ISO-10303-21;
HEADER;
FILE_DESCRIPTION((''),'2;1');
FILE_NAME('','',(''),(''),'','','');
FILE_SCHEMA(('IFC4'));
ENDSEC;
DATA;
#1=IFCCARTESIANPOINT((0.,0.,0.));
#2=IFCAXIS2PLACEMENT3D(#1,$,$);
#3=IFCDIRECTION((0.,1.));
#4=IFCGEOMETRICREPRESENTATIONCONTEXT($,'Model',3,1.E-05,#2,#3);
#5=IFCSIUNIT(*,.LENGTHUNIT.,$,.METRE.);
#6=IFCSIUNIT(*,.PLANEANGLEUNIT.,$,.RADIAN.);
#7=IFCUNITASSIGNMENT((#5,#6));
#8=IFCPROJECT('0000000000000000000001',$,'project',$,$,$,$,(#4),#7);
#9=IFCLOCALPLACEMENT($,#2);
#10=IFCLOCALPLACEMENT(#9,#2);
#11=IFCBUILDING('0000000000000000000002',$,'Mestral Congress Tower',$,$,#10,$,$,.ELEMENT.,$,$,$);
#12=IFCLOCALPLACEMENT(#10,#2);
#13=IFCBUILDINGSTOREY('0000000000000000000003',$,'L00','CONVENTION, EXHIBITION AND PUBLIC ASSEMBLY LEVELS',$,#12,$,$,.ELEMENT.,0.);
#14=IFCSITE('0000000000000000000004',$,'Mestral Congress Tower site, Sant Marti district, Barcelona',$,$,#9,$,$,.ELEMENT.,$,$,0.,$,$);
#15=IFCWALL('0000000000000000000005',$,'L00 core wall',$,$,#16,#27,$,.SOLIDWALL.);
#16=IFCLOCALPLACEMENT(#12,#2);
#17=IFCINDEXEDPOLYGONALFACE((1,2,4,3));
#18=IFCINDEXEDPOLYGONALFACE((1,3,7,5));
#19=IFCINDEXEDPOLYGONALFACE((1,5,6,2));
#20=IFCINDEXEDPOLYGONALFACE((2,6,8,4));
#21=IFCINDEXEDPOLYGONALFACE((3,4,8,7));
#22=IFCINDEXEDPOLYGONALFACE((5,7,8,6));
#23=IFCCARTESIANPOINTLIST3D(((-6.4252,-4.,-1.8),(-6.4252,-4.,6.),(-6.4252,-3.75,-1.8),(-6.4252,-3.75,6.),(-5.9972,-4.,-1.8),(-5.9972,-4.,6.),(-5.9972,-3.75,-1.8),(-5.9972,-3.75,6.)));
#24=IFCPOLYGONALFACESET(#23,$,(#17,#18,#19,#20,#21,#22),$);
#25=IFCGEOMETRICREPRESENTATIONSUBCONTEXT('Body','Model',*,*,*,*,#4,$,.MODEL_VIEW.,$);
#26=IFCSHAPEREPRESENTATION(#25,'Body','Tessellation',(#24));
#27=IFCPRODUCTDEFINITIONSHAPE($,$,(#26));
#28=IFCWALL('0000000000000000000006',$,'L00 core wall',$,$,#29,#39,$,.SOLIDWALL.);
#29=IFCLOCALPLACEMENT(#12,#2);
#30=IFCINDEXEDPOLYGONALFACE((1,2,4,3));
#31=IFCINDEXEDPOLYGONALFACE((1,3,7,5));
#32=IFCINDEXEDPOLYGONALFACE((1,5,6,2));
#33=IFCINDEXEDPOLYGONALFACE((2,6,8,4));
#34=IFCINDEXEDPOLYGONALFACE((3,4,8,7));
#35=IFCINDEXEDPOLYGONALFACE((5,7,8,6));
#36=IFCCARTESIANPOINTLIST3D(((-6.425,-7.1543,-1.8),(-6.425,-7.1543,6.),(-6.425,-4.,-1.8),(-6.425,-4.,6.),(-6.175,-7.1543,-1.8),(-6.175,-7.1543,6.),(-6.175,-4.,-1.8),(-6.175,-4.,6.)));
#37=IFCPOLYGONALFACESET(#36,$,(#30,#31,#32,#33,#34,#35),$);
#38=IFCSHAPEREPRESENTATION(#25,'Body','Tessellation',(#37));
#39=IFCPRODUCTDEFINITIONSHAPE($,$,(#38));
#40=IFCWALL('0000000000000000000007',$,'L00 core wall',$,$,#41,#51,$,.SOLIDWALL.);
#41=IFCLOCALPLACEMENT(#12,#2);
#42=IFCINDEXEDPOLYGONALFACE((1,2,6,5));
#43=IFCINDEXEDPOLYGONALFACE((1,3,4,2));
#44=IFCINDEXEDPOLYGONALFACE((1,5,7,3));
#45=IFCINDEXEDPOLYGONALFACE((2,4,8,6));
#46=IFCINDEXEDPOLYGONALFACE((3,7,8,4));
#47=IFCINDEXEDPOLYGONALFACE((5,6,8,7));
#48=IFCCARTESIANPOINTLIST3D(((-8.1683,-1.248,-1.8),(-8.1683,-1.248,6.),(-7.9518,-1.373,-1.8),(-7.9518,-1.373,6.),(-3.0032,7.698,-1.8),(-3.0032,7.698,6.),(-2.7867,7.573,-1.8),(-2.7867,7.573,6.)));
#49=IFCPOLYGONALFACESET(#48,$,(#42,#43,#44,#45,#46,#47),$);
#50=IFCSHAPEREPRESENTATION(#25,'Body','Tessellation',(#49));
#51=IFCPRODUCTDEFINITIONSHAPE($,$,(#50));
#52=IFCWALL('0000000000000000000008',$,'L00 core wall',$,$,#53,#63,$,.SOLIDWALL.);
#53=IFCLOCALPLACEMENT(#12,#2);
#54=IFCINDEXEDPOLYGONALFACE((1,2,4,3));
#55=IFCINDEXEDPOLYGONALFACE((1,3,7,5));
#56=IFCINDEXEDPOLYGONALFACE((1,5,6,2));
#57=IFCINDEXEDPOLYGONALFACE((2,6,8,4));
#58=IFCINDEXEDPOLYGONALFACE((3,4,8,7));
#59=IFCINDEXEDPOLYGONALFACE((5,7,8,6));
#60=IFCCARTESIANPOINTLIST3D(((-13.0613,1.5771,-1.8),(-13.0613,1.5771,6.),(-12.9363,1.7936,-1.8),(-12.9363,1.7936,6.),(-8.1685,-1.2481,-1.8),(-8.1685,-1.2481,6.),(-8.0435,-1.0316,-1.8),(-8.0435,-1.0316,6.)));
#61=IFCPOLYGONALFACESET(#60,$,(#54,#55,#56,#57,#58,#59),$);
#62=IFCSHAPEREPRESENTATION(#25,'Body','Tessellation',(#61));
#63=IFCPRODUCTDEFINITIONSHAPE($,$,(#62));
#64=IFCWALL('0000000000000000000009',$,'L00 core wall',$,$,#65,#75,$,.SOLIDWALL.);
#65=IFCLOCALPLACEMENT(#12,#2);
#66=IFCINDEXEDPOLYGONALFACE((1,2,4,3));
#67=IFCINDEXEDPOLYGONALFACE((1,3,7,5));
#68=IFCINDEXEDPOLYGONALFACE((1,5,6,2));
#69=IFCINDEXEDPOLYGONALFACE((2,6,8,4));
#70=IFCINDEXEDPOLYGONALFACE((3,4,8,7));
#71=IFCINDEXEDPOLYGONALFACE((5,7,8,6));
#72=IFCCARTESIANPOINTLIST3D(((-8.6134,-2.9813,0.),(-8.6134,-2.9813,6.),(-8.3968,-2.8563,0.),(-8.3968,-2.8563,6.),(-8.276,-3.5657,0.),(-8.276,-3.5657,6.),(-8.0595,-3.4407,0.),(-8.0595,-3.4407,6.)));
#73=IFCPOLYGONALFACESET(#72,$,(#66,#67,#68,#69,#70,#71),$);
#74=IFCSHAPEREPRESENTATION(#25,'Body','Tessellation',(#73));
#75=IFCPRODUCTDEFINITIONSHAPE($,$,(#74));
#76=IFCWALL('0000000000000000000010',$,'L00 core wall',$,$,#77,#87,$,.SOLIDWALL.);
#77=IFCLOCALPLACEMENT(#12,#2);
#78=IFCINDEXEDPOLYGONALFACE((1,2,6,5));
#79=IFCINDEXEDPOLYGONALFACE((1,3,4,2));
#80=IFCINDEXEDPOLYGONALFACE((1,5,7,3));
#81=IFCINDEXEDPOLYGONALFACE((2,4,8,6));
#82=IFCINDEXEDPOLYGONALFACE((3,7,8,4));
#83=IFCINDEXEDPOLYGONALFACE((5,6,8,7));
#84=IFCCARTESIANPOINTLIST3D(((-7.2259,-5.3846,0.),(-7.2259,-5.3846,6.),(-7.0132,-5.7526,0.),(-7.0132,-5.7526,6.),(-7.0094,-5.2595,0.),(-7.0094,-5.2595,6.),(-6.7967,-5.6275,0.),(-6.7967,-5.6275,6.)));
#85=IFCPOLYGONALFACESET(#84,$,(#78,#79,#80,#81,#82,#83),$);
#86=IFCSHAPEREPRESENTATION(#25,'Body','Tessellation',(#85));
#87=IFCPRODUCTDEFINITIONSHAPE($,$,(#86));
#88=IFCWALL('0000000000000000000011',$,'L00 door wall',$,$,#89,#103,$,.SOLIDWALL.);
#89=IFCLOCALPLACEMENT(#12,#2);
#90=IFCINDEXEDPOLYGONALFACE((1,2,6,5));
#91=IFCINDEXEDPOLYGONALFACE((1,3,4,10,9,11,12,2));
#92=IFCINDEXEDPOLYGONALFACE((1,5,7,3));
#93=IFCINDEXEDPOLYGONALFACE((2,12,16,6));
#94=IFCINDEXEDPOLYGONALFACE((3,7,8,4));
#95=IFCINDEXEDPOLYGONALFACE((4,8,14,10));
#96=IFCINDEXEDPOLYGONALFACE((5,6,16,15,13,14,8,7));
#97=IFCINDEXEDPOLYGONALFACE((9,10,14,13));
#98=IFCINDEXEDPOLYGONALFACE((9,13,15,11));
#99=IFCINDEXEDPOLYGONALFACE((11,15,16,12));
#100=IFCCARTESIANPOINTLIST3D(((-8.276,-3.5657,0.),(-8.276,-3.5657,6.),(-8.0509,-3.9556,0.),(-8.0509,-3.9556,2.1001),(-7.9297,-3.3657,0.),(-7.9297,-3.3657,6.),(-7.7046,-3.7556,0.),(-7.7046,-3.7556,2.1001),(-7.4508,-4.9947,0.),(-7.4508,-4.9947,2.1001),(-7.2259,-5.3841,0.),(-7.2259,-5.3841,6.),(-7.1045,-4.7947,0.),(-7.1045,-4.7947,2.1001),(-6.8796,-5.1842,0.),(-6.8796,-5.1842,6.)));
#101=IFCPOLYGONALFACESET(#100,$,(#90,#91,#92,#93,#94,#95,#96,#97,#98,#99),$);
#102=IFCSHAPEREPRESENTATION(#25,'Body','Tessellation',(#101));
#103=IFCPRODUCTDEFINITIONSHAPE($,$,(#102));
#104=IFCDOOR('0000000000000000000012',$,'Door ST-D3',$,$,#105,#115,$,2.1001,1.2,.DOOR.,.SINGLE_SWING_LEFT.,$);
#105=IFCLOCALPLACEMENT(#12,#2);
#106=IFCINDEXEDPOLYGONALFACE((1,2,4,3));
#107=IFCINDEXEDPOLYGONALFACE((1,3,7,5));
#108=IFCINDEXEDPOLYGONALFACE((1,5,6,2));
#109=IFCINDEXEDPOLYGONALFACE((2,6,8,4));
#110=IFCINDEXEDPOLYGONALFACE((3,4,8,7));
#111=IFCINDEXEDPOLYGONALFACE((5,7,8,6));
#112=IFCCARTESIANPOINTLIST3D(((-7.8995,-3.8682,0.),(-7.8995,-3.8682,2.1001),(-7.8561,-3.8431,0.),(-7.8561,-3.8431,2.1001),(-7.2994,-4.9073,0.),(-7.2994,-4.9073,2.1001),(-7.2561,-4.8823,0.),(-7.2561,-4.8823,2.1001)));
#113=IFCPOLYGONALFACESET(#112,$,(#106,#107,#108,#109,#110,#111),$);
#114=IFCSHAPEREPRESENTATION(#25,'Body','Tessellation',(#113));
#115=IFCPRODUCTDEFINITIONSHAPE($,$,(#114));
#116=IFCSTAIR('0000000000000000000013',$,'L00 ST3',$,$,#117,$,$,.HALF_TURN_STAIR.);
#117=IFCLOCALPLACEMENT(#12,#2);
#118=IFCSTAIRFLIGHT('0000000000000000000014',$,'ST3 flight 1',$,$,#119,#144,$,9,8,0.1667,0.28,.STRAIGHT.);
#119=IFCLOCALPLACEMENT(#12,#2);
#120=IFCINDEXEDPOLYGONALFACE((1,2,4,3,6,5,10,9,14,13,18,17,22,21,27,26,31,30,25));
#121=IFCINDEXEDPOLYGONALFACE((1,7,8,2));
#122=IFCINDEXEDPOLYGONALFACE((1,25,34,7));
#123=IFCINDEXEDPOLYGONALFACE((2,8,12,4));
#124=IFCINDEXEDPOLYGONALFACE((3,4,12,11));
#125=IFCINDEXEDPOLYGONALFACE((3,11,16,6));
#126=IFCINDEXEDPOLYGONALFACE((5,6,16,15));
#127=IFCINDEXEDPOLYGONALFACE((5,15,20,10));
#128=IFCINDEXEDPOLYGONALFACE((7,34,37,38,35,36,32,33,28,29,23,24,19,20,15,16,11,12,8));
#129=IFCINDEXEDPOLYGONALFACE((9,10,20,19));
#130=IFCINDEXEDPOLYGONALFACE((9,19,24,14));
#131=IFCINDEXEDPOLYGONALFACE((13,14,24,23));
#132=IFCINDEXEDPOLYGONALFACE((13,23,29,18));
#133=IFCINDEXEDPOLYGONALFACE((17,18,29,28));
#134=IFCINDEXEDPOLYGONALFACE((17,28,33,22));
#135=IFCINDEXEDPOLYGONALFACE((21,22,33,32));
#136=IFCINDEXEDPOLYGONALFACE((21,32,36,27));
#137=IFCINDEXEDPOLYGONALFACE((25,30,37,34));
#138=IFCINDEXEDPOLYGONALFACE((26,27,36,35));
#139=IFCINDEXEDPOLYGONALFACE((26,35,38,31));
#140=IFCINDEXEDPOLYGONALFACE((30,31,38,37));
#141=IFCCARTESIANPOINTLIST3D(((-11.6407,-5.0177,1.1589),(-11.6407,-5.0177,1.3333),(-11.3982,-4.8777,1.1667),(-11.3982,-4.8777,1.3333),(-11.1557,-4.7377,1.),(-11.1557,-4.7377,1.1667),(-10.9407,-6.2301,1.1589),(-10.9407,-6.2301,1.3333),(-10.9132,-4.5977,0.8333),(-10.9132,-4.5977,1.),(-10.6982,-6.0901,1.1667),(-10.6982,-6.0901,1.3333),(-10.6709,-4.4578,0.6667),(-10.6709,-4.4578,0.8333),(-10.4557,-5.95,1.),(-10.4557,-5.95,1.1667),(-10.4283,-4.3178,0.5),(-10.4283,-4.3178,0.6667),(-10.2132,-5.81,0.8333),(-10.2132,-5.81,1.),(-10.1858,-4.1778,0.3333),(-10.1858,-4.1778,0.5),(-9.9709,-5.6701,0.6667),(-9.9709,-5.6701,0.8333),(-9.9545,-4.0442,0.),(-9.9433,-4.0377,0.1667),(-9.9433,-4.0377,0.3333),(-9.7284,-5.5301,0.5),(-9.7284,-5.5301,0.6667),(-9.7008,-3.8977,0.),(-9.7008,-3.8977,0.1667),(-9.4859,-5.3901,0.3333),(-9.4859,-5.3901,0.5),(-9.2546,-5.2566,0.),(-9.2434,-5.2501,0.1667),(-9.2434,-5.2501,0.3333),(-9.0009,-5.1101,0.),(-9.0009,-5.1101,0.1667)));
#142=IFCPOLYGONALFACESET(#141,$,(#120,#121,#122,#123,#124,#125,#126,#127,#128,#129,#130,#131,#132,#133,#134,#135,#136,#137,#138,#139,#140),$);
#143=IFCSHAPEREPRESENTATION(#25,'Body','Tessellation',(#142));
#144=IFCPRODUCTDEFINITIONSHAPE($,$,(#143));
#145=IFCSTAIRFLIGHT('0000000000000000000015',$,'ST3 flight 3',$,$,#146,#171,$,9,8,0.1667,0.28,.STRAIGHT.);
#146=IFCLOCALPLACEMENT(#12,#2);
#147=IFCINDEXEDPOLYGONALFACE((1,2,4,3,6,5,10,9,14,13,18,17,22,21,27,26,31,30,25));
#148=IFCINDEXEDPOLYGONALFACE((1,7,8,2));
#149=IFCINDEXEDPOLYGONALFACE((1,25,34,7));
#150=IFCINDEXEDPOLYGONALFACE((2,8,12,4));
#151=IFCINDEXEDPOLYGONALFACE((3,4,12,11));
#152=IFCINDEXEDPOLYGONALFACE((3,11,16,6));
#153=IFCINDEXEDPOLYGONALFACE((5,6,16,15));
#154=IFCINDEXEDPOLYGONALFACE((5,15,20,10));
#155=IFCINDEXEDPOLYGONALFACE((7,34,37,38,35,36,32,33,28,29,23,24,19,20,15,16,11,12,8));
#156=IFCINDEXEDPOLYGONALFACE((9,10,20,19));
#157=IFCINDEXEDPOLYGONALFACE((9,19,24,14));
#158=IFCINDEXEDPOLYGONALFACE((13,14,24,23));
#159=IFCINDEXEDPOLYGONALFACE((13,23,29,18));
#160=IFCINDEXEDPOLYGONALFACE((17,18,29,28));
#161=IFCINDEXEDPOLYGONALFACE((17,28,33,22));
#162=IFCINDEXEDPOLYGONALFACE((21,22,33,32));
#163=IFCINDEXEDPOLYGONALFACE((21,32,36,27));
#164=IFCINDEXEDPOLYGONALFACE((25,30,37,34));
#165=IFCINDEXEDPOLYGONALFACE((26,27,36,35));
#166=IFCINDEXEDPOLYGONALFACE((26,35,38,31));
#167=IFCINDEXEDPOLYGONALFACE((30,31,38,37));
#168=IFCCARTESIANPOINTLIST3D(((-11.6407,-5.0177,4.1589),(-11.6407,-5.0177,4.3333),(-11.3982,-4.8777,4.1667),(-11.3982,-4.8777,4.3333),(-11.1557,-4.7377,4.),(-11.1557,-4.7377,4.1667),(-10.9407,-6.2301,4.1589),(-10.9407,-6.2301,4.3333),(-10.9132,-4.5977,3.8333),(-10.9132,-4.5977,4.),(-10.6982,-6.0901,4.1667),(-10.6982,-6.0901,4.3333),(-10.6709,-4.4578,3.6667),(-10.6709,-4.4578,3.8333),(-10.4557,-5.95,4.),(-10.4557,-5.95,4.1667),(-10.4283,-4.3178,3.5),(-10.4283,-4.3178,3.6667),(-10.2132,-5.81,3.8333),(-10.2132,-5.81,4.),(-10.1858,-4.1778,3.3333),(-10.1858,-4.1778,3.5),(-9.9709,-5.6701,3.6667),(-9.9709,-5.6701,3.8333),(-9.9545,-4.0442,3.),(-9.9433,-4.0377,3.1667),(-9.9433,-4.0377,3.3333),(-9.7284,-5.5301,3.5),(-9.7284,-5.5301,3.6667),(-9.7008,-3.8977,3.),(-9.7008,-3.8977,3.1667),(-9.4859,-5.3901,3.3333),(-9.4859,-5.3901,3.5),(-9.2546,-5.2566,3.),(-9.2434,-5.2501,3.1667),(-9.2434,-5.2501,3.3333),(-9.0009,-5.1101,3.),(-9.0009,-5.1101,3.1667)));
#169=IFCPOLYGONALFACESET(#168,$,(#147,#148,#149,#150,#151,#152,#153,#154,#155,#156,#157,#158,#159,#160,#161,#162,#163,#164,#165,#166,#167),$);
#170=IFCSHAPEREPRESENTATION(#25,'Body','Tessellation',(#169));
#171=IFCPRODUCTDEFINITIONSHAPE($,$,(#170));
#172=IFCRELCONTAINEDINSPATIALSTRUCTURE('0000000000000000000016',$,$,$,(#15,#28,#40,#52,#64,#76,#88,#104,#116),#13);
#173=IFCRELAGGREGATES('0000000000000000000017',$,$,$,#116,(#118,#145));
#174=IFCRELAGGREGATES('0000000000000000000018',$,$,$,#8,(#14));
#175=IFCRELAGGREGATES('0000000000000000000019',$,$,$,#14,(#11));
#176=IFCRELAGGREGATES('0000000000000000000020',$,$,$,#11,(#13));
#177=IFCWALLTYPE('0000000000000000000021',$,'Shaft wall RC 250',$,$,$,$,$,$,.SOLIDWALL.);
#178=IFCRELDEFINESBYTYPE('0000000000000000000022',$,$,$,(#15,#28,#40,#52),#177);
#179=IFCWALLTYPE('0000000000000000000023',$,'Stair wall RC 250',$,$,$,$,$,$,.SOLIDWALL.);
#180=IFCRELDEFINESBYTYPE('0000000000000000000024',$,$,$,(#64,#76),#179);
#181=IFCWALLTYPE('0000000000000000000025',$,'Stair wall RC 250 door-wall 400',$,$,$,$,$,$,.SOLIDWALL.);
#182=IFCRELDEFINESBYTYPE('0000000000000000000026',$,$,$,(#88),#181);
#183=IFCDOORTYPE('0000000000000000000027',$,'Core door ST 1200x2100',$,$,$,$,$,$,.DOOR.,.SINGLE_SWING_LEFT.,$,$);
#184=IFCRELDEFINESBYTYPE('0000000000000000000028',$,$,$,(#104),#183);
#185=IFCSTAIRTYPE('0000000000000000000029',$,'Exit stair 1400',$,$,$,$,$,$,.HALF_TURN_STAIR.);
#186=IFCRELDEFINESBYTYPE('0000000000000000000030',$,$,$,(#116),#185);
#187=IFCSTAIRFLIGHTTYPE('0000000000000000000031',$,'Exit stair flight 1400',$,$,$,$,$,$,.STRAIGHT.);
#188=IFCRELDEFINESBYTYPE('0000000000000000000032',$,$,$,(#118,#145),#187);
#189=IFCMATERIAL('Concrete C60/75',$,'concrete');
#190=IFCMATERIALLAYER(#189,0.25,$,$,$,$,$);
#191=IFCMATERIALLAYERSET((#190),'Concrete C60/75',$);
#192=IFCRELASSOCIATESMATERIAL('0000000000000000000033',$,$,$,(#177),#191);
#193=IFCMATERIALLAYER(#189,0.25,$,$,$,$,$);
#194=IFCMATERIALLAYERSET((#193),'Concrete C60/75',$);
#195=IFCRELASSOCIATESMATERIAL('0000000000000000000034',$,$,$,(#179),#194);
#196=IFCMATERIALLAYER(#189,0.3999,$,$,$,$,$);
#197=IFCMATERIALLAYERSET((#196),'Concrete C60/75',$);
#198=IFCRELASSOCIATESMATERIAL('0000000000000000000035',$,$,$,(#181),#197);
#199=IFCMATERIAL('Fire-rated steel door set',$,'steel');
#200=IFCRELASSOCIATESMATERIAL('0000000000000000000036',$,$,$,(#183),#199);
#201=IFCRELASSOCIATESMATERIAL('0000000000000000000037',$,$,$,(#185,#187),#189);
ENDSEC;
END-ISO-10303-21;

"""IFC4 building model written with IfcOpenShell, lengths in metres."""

from ifc_helpers import new_model, si_unit, direction, frame, frame_2d, origin, place, context, subcontext, project, spatial, polyline, rectangle, outline, extrude, material, layer, layer_set, type_object, element, fill, aggregate, save


model = new_model("IFC4")

# Units and contexts
model_context = context("Model", 3, precision=1e-05, world=origin(), true_north=direction((0.0, 1.0)))
body_context = subcontext(model_context, "Body", "Model", "MODEL_VIEW")
ifc_project = project(units=[si_unit("LENGTHUNIT", "METRE"), si_unit("PLANEANGLEUNIT", "RADIAN")], contexts=[model_context])

# Site, building, storey
site_placement = place(None, origin())
site = spatial("IfcSite", under=ifc_project, at=site_placement, Name="Mestral Congress Tower site, Sant Marti district, Barcelona", CompositionType="ELEMENT", RefElevation=0.0)
building_placement = place(site_placement, origin())
building = spatial("IfcBuilding", under=site, at=building_placement, Name="Mestral Congress Tower", CompositionType="ELEMENT")
storey_placement = place(building_placement, origin())
storey = spatial("IfcBuildingStorey", under=building, at=storey_placement, Name="L00", Description="CONVENTION, EXHIBITION AND PUBLIC ASSEMBLY LEVELS", CompositionType="ELEMENT", Elevation=0.0)

# Walls
ifc_material_1 = material(Name="Concrete C60/75", Category="concrete")
ifc_layer_1 = layer(ifc_material_1, 0.25)
ifc_layer_set_1 = layer_set([ifc_layer_1], Name="Concrete C60/75")
wall_type_1 = type_object("IfcWallType", Name="Shaft wall RC 250", PredefinedType="SOLIDWALL", material=ifc_layer_set_1)
wall_1_placement = place(storey_placement, frame((-6.425, -3.875, -1.8), z_axis=(0.0, 0.0, 1.0), x_axis=(1.0, 0.0, 0.0)))
element("IfcWall", 1, at=wall_1_placement, inside=storey, type_object=wall_type_1, Name="L00 core wall", PredefinedType="SOLIDWALL", context=body_context, shape_type="SweptSolid", body=[
    extrude(rectangle(XDim=0.428, YDim=0.25, at=frame_2d((0.2139, 0.0))), origin(), (0.0, 0.0, 1.0), 7.8),
])
wall_2_placement = place(storey_placement, frame((-6.3, -4.0, -1.8), z_axis=(0.0, 0.0, 1.0), x_axis=(0.0, -1.0, 0.0)))
element("IfcWall", 2, at=wall_2_placement, inside=storey, type_object=wall_type_1, Name="L00 core wall", PredefinedType="SOLIDWALL", context=body_context, shape_type="SweptSolid", body=[
    extrude(rectangle(XDim=3.1543, YDim=0.25, at=frame_2d((1.5771, 0.0))), origin(), (0.0, 0.0, 1.0), 7.8),
])
wall_3_placement = place(storey_placement, frame((-8.0601, -1.3105, -1.8), z_axis=(0.0, 0.0, 1.0), x_axis=(0.500003, 0.866024, 0.0)))
element("IfcWall", 3, at=wall_3_placement, inside=storey, type_object=wall_type_1, Name="L00 core wall", PredefinedType="SOLIDWALL", context=body_context, shape_type="SweptSolid", body=[
    extrude(rectangle(XDim=10.3301, YDim=0.25, at=frame_2d((5.165, 0.0))), origin(), (0.0, 0.0, 1.0), 7.8),
])
wall_4_placement = place(storey_placement, frame((-8.106, -1.1399, -1.8), z_axis=(0.0, 0.0, 1.0), x_axis=(-0.866001, 0.500043, 0.0)))
element("IfcWall", 4, at=wall_4_placement, inside=storey, type_object=wall_type_1, Name="L00 core wall", PredefinedType="SOLIDWALL", context=body_context, shape_type="SweptSolid", body=[
    extrude(rectangle(XDim=5.6499, YDim=0.25, at=frame_2d((2.825, 0.0))), origin(), (0.0, 0.0, 1.0), 7.8),
])
ifc_layer_2 = layer(ifc_material_1, 0.25)
ifc_layer_set_2 = layer_set([ifc_layer_2], Name="Concrete C60/75")
wall_type_2 = type_object("IfcWallType", Name="Stair wall RC 250", PredefinedType="SOLIDWALL", material=ifc_layer_set_2)
wall_5_placement = place(storey_placement, frame((-8.1677, -3.5032, 0.0), z_axis=(0.0, 0.0, 1.0), x_axis=(-0.499952, 0.866053, 0.0)))
element("IfcWall", 5, at=wall_5_placement, inside=storey, type_object=wall_type_2, Name="L00 core wall", PredefinedType="SOLIDWALL", context=body_context, shape_type="SweptSolid", body=[
    extrude(rectangle(XDim=0.6748, YDim=0.25, at=frame_2d((0.3374, 0.0))), origin(), (0.0, 0.0, 1.0), 6.0),
])
wall_6_placement = place(storey_placement, frame((-6.905, -5.6899, 0.0), z_axis=(0.0, 0.0, 1.0), x_axis=(-0.500402, 0.865793, 0.0)))
element("IfcWall", 6, at=wall_6_placement, inside=storey, type_object=wall_type_2, Name="L00 core wall", PredefinedType="SOLIDWALL", context=body_context, shape_type="SweptSolid", body=[
    extrude(rectangle(XDim=0.425, YDim=0.25, at=frame_2d((0.2124, 0.0))), origin(), (0.0, 0.0, 1.0), 6.0),
])

# Wall, opening, door
ifc_layer_3 = layer(ifc_material_1, 0.3999)
ifc_layer_set_3 = layer_set([ifc_layer_3], Name="Concrete C60/75")
wall_type_3 = type_object("IfcWallType", Name="Stair wall RC 250 door-wall 400", PredefinedType="SOLIDWALL", material=ifc_layer_set_3)
wall_7_placement = place(storey_placement, frame((-8.1028, -3.4658, 0.0), z_axis=(0.0, 0.0, 1.0), x_axis=(0.500078, -0.86598, 0.0)))
wall_7 = element("IfcWall", 7, at=wall_7_placement, inside=storey, type_object=wall_type_3, Name="L00 door wall", PredefinedType="SOLIDWALL", context=body_context, shape_type="SweptSolid", body=[
    extrude(rectangle(XDim=2.0999, YDim=0.3999, at=frame_2d((1.0498, 0.0))), origin(), (0.0, 0.0, 1.0), 6.0),
])
opening_placement = place(wall_7_placement, frame((0.45, 0.0, 0.0)))
opening = element("IfcOpeningElement", 8, at=opening_placement, cuts=wall_7, PredefinedType="OPENING", context=body_context, shape_type="SweptSolid", body=[
    extrude(rectangle(XDim=1.2, YDim=2.1001, at=frame_2d((0.6001, 1.05))), frame((0.0, 0.21, 0.0), z_axis=(0.0, -1.0, 0.0), x_axis=(1.0, 0.0, 0.0)), (0.0, 0.0, 1.0), 0.4199),
])
ifc_material_2 = material(Name="Fire-rated steel door set", Category="steel")
door_type = type_object("IfcDoorType", Name="Core door ST 1200x2100", OperationType="SINGLE_SWING_LEFT", PredefinedType="DOOR", material=ifc_material_2)
door_placement = place(opening_placement, origin())
door = element("IfcDoor", 9, at=door_placement, inside=storey, type_object=door_type, Name="Door ST-D3", OperationType="SINGLE_SWING_LEFT", OverallHeight=2.1001, OverallWidth=1.2, PredefinedType="DOOR", context=body_context, shape_type="SweptSolid", body=[
    extrude(rectangle(XDim=1.2, YDim=2.1001, at=frame_2d((0.6001, 1.05))), frame((0.0, 0.0249, 0.0), z_axis=(0.0, -1.0, 0.0), x_axis=(1.0, 0.0, 0.0)), (0.0, 0.0, 1.0), 0.05),
])
fill(opening, door)

# Stair, stair flights
stair_type = type_object("IfcStairType", Name="Exit stair 1400", PredefinedType="HALF_TURN_STAIR", material=ifc_material_1)
stair_placement = place(storey_placement, origin())
stair = element("IfcStair", 10, at=stair_placement, inside=storey, type_object=stair_type, Name="L00 ST3", PredefinedType="HALF_TURN_STAIR")
stair_flight_type = type_object("IfcStairFlightType", Name="Exit stair flight 1400", PredefinedType="STRAIGHT", material=ifc_material_1)
stair_flight_1_placement = place(storey_placement, frame((-9.3508, -4.5039, 0.0), z_axis=(0.0, 0.0, 1.0), x_axis=(-0.866025, -0.5, 0.0)))
stair_flight_1 = element("IfcStairFlight", 11, at=stair_flight_1_placement, type_object=stair_flight_type, Name="ST3 flight 1", NumberOfRisers=9, NumberOfTreads=8, PredefinedType="STRAIGHT", RiserHeight=0.1667, TreadLength=0.28, context=body_context, shape_type="SweptSolid", body=[
    extrude(outline(polyline([(0.0, 0.0), (0.0, 0.1667), (0.28, 0.1667), (0.28, 0.3333), (0.5601, 0.3333), (0.5601, 0.5), (0.8401, 0.5), (0.8401, 0.6667), (1.1201, 0.6667), (1.1201, 0.8333), (1.3999, 0.8333), (1.3999, 1.0), (1.6799, 1.0), (1.6799, 1.1667), (1.96, 1.1667), (1.96, 1.3333), (2.24, 1.3333), (2.24, 1.5), (2.24, 1.1589), (0.293, 0.0), (0.0, 0.0)])), frame((0.0, 0.7, 0.0), z_axis=(0.0, -1.0, 0.0), x_axis=(1.0, 0.0, 0.0)), (0.0, 0.0, 1.0), 1.3999),
])
stair_flight_2_placement = place(storey_placement, frame((-9.3508, -4.5039, 3.0), z_axis=(0.0, 0.0, 1.0), x_axis=(-0.866025, -0.5, 0.0)))
stair_flight_2 = element("IfcStairFlight", 12, at=stair_flight_2_placement, type_object=stair_flight_type, Name="ST3 flight 3", NumberOfRisers=9, NumberOfTreads=8, PredefinedType="STRAIGHT", RiserHeight=0.1667, TreadLength=0.28, context=body_context, shape_type="SweptSolid", body=[
    extrude(outline(polyline([(0.0, 0.0), (0.0, 0.1667), (0.28, 0.1667), (0.28, 0.3333), (0.5601, 0.3333), (0.5601, 0.5), (0.8401, 0.5), (0.8401, 0.6667), (1.1201, 0.6667), (1.1201, 0.8333), (1.3999, 0.8333), (1.3999, 1.0), (1.6799, 1.0), (1.6799, 1.1667), (1.96, 1.1667), (1.96, 1.3333), (2.24, 1.3333), (2.24, 1.5), (2.24, 1.1589), (0.293, 0.0), (0.0, 0.0)])), frame((0.0, 0.7, 0.0), z_axis=(0.0, -1.0, 0.0), x_axis=(1.0, 0.0, 0.0)), (0.0, 0.0, 1.0), 1.3999),
])
aggregate(stair, [stair_flight_1, stair_flight_2])

save(model, "model.ifc")
